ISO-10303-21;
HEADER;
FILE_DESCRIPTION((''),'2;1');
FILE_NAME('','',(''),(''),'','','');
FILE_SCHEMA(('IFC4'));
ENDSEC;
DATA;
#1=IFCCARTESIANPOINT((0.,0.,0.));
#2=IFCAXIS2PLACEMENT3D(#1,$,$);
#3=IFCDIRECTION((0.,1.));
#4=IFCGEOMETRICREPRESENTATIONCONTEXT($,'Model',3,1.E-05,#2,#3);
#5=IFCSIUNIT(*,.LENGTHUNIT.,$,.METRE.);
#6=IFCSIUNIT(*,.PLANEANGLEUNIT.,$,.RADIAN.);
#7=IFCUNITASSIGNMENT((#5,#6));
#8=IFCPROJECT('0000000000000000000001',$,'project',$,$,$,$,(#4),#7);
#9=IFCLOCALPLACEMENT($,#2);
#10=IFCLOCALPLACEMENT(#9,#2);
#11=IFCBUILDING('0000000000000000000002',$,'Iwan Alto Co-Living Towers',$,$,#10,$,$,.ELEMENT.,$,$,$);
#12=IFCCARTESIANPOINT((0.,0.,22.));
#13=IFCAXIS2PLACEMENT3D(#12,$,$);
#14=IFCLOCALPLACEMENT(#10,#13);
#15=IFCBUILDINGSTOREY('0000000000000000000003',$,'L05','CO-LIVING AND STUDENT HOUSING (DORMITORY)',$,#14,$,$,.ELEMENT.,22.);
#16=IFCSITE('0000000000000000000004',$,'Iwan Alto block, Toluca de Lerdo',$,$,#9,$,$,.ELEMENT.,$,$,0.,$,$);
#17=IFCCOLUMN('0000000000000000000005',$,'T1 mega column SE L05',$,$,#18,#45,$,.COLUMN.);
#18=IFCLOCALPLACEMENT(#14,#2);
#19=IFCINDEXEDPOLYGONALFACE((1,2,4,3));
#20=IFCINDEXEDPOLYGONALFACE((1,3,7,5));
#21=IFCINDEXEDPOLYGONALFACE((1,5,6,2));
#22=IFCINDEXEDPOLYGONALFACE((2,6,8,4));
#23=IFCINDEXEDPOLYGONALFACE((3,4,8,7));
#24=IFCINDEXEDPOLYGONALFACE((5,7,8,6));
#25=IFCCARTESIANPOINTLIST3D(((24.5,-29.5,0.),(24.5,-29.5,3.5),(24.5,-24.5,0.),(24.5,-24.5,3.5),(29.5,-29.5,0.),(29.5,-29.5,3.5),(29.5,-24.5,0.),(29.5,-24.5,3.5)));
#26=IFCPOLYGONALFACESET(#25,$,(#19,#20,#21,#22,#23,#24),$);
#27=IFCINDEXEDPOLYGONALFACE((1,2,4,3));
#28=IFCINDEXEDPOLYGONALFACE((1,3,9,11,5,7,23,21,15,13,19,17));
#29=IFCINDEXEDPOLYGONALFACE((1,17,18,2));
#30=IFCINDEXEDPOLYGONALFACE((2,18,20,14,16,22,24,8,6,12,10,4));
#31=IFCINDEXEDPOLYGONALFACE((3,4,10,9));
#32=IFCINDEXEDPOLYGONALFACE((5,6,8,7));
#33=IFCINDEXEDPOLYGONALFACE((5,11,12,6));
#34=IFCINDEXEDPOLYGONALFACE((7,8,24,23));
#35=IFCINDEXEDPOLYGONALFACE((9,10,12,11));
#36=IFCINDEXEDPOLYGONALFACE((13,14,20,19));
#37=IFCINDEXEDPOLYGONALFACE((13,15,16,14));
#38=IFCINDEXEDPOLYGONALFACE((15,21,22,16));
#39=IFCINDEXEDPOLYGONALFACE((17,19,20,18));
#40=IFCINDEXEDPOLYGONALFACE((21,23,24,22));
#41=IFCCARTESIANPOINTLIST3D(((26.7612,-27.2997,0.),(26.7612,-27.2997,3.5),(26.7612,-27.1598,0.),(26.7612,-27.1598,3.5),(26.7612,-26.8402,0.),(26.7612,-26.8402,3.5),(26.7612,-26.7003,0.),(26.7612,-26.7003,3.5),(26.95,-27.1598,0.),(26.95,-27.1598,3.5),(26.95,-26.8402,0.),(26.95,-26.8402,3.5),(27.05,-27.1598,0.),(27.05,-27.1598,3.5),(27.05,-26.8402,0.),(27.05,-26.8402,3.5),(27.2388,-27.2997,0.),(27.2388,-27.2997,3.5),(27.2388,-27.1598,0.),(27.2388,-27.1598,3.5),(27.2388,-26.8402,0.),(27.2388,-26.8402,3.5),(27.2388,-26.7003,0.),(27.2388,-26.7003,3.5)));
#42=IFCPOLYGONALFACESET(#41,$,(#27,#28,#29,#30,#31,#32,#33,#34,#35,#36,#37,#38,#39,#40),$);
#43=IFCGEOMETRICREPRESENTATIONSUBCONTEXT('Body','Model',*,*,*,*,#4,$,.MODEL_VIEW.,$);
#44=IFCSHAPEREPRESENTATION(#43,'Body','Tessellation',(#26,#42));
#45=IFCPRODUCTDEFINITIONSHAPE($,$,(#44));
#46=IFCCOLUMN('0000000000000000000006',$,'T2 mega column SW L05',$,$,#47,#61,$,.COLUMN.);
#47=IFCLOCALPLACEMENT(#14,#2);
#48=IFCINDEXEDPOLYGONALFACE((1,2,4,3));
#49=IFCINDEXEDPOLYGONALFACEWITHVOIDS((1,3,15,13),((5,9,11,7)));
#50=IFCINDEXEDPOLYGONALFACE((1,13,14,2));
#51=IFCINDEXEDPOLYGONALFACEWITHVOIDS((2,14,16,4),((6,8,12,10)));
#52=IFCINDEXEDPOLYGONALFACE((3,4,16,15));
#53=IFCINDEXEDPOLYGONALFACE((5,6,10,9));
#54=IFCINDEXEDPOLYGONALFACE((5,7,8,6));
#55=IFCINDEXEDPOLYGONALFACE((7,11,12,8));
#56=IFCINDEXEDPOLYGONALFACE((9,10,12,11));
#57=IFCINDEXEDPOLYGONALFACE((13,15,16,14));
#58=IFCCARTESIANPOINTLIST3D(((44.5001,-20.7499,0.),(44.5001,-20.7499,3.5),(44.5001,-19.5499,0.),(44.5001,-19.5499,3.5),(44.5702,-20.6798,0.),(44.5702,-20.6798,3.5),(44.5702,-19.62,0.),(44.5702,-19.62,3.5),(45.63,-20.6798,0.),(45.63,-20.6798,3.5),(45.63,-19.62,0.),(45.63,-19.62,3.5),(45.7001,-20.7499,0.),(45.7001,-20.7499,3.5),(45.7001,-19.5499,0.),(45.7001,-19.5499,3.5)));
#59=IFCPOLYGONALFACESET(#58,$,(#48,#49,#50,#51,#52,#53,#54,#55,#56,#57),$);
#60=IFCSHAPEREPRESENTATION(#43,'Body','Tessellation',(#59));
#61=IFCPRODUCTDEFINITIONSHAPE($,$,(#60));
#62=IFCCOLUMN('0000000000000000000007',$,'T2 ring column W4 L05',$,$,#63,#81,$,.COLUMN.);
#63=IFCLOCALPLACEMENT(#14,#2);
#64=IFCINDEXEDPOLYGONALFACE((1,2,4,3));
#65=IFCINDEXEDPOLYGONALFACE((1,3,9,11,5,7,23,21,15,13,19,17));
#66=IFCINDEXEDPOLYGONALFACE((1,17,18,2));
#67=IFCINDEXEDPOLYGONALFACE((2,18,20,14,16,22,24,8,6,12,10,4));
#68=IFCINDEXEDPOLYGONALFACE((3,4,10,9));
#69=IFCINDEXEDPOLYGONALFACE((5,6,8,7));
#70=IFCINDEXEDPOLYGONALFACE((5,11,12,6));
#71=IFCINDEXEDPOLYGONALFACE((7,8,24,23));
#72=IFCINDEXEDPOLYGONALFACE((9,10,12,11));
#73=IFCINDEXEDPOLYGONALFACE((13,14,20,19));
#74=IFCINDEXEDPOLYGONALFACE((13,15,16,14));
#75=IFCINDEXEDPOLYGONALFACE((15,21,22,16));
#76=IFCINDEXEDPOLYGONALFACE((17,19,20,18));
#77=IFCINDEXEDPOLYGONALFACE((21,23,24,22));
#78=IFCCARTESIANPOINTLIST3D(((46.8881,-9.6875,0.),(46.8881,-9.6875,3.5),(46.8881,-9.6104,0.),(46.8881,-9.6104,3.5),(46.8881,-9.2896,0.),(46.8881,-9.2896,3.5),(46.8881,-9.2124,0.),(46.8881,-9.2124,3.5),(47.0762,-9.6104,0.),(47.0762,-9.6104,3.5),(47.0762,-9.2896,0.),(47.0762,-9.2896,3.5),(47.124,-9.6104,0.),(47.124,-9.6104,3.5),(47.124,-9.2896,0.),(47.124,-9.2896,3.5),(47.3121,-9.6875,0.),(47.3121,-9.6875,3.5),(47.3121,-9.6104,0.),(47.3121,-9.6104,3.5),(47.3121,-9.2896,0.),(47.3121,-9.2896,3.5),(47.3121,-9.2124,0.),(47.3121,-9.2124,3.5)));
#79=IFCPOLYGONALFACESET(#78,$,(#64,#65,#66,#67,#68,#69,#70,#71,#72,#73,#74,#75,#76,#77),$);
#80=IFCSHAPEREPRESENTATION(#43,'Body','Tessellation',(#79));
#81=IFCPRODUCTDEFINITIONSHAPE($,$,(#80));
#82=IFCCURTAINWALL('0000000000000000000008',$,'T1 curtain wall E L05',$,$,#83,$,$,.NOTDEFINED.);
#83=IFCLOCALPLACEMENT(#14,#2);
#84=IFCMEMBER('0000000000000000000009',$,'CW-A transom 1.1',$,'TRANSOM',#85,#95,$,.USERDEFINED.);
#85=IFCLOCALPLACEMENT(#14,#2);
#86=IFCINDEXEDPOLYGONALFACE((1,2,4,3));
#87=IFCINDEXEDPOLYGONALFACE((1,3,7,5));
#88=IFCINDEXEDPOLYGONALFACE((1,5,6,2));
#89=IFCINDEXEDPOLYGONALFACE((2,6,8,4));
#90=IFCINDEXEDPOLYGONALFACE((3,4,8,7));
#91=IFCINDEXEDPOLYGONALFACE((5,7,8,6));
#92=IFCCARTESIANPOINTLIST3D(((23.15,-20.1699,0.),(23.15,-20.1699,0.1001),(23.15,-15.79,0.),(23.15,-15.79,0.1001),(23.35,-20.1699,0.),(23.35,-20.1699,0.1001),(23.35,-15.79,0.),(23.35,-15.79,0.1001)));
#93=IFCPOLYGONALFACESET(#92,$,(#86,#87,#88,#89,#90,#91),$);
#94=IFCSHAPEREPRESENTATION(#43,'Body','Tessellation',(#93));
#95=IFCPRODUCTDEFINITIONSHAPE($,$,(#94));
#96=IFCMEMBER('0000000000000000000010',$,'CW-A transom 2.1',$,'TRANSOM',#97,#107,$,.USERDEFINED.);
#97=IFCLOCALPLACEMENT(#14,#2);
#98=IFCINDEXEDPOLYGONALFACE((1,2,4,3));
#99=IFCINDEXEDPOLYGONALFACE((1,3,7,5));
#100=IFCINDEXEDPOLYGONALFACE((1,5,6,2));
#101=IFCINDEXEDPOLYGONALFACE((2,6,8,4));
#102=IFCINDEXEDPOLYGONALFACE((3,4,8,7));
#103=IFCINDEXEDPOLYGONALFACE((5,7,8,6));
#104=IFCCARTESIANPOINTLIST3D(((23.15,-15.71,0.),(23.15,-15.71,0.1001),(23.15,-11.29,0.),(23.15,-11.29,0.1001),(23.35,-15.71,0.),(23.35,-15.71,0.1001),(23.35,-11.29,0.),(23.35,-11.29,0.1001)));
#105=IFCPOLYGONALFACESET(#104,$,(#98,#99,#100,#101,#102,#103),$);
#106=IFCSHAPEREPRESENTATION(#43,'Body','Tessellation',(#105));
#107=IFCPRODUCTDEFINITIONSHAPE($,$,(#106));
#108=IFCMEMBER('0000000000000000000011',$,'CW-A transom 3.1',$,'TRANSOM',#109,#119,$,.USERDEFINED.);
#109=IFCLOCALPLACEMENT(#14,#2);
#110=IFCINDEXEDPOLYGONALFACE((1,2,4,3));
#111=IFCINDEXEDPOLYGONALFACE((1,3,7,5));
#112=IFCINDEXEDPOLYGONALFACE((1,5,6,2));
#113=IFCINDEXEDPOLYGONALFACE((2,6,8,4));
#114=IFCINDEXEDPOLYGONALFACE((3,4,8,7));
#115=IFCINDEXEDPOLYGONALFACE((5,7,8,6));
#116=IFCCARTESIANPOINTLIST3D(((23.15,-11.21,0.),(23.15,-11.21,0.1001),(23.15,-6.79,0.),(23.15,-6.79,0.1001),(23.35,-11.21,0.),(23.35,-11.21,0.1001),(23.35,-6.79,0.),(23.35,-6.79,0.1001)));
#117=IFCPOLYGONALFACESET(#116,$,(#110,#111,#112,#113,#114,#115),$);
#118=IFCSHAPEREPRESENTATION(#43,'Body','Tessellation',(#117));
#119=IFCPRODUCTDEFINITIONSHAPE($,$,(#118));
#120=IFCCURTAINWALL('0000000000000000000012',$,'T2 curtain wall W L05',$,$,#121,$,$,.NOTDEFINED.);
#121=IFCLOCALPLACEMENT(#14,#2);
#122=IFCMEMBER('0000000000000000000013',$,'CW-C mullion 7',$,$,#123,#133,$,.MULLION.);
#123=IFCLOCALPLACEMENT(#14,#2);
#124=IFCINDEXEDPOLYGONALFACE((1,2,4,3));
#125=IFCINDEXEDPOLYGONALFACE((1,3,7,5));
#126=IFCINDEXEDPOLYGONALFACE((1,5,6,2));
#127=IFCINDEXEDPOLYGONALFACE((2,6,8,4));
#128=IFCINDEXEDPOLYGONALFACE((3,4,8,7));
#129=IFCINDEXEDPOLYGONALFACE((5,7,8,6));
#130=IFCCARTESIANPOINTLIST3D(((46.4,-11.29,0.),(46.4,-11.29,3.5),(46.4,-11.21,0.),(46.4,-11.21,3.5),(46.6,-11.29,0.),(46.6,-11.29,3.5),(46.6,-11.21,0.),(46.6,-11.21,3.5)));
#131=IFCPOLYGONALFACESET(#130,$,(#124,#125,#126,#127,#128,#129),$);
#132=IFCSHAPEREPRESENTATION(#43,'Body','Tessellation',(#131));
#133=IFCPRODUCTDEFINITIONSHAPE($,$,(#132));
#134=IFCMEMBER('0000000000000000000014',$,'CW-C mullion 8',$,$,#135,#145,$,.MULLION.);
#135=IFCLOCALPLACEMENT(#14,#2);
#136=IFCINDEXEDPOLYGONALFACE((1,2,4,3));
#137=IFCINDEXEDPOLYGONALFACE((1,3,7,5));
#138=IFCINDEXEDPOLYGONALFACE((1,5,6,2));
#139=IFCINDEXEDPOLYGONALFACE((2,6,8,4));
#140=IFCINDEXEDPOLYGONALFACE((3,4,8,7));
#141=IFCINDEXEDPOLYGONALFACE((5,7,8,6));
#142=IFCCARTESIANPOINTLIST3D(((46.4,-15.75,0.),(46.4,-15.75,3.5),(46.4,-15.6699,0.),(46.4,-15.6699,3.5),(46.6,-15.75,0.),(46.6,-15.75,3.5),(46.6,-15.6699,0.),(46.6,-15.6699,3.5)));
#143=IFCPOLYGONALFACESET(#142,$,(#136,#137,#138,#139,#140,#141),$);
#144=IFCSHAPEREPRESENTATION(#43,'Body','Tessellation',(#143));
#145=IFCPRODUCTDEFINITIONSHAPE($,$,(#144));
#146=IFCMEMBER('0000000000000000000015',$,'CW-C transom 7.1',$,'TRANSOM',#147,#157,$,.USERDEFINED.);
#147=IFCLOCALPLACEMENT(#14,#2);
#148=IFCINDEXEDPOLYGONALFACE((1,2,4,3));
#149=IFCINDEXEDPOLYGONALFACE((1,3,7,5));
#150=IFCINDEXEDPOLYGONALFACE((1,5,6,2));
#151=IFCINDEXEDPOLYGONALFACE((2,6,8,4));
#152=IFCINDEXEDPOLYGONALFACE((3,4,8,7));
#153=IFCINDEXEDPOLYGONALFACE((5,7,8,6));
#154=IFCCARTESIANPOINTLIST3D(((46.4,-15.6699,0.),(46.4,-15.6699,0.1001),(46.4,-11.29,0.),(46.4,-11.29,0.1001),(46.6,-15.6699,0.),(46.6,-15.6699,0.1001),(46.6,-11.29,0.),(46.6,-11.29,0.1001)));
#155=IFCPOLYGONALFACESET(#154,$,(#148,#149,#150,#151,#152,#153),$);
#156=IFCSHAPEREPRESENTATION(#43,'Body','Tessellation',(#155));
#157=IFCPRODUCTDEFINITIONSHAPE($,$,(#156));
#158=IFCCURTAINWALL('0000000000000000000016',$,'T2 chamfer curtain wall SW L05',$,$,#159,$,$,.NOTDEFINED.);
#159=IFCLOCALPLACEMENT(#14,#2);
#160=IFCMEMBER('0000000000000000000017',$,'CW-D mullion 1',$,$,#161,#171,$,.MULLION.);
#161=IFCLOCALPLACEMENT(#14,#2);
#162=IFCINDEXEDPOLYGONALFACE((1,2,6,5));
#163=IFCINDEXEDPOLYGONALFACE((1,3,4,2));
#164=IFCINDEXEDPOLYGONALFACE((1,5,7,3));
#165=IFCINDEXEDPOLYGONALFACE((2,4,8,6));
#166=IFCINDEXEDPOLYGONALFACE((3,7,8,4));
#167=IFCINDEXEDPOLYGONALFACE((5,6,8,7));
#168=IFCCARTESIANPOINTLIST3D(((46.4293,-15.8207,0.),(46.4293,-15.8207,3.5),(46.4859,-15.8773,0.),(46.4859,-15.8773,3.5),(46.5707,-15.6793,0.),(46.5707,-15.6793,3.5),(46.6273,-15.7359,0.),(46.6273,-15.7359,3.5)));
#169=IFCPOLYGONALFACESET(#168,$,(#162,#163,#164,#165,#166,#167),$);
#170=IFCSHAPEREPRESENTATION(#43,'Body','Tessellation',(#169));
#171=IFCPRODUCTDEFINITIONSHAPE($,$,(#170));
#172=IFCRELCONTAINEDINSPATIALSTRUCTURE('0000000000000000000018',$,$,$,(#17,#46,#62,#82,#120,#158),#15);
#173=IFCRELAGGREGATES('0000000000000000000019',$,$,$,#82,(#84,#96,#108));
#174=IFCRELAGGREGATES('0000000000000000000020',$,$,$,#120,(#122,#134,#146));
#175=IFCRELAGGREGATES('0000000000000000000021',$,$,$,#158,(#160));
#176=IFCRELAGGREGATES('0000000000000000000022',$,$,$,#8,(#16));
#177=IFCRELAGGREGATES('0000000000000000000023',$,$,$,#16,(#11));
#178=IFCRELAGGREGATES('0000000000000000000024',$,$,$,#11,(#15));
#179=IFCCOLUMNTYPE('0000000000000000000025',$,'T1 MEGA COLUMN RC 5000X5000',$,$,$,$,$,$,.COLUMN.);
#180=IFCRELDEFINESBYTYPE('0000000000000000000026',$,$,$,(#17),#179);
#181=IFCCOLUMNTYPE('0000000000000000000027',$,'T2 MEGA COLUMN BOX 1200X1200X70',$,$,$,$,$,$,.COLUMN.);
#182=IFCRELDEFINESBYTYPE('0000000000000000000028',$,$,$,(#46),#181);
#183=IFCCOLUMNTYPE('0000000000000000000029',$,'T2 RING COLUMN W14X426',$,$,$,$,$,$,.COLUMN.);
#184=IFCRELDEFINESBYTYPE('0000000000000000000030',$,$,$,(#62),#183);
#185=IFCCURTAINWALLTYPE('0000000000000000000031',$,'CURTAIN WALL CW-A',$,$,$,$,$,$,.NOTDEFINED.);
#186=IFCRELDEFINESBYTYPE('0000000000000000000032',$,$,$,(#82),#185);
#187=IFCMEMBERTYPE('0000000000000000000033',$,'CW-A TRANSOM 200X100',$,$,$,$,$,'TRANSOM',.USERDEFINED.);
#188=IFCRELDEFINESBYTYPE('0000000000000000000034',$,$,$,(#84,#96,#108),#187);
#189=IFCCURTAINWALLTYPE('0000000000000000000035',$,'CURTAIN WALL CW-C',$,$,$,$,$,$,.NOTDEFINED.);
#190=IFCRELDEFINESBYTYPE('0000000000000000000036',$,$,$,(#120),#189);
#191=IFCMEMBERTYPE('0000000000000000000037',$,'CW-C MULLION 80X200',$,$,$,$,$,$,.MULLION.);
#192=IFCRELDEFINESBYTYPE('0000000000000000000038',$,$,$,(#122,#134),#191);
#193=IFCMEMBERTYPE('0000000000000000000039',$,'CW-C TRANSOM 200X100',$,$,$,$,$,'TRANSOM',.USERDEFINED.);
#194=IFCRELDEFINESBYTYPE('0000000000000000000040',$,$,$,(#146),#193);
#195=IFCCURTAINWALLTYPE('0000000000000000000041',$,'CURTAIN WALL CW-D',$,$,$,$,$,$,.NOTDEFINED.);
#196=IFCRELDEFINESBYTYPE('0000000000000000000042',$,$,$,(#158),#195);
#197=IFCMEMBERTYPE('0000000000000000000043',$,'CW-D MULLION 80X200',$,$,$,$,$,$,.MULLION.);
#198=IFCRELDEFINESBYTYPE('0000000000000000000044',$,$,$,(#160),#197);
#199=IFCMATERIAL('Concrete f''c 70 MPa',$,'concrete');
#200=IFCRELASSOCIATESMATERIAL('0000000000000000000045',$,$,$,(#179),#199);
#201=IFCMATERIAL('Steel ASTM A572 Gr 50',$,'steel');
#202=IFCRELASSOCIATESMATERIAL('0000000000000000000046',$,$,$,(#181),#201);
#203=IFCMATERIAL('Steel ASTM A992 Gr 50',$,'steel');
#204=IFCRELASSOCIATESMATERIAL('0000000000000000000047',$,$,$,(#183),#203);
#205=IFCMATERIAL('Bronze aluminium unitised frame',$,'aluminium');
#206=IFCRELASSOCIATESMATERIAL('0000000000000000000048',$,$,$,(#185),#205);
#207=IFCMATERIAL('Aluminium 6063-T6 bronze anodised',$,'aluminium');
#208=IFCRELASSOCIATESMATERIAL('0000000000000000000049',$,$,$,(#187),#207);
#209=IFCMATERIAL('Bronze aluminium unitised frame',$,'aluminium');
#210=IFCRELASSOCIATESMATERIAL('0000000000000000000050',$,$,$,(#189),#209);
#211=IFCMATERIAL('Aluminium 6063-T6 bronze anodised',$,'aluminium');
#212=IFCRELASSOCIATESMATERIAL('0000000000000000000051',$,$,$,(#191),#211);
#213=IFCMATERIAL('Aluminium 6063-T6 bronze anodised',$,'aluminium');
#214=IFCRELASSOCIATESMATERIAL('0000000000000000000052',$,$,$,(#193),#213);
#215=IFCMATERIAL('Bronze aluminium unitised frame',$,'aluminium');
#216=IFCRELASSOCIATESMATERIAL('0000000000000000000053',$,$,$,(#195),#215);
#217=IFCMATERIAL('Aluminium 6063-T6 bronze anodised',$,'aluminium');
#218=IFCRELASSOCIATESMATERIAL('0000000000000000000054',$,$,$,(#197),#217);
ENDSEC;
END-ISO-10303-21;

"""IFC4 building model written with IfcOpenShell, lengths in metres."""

from ifc_helpers import new_model, si_unit, direction, frame, origin, origin_2d, place, context, subcontext, project, spatial, rectangle, hollow_rectangle, i_section, extrude, material, material_profile, profile_set, type_object, element, aggregate, save


model = new_model("IFC4")

# Units and contexts
model_context = context("Model", 3, precision=1e-05, world=origin(), true_north=direction((0.0, 1.0)))
body_context = subcontext(model_context, "Body", "Model", "MODEL_VIEW")
ifc_project = project(units=[si_unit("LENGTHUNIT", "METRE"), si_unit("PLANEANGLEUNIT", "RADIAN")], contexts=[model_context])

# Site, building, storey
site_placement = place(None, origin())
site = spatial("IfcSite", under=ifc_project, at=site_placement, Name="Iwan Alto block, Toluca de Lerdo", CompositionType="ELEMENT", RefElevation=0.0)
building_placement = place(site_placement, origin())
building = spatial("IfcBuilding", under=site, at=building_placement, Name="Iwan Alto Co-Living Towers", CompositionType="ELEMENT")
storey_placement = place(building_placement, frame((0.0, 0.0, 22.0)))
storey = spatial("IfcBuildingStorey", under=building, at=storey_placement, Name="L05", Description="CO-LIVING AND STUDENT HOUSING (DORMITORY)", CompositionType="ELEMENT", Elevation=22.0)

# Columns
ifc_material_1 = material(Name="Concrete f'c 70 MPa", Category="concrete")
ifc_material_profile_1 = material_profile(ifc_material_1, rectangle(XDim=5.0, YDim=5.0, at=origin_2d()), Name="RC 5000X5000")
ifc_profile_set_1 = profile_set([ifc_material_profile_1], Name="Concrete f'c 70 MPa")
column_type_1 = type_object("IfcColumnType", Name="T1 MEGA COLUMN RC 5000X5000", PredefinedType="COLUMN", material=ifc_profile_set_1)
column_1_placement = place(storey_placement, frame((27.0, -27.0, 0.0), z_axis=(0.0, 0.0, 1.0), x_axis=(1.0, 0.0, 0.0)))
element("IfcColumn", 1, at=column_1_placement, inside=storey, type_object=column_type_1, Name="T1 mega column SE L05", PredefinedType="COLUMN", context=body_context, shape_type="SweptSolid", body=[
    extrude(rectangle(XDim=5.0, YDim=5.0, at=origin_2d()), origin(), (0.0, 0.0, 1.0), 3.5),
    extrude(i_section(OverallWidth=0.4775, OverallDepth=0.5994, WebThickness=0.1001, FlangeThickness=0.1399, at=origin_2d()), origin(), (0.0, 0.0, 1.0), 3.5),
])
ifc_material_2 = material(Name="Steel ASTM A572 Gr 50", Category="steel")
ifc_material_profile_2 = material_profile(ifc_material_2, hollow_rectangle(XDim=1.2, YDim=1.2, WallThickness=0.0701, at=origin_2d()), Name="BOX 1200X1200X70")
ifc_profile_set_2 = profile_set([ifc_material_profile_2], Name="Steel ASTM A572 Gr 50")
column_type_2 = type_object("IfcColumnType", Name="T2 MEGA COLUMN BOX 1200X1200X70", PredefinedType="COLUMN", material=ifc_profile_set_2)
column_2_placement = place(storey_placement, frame((45.1001, -20.1499, 0.0), z_axis=(0.0, 0.0, 1.0), x_axis=(1.0, 0.0, 0.0)))
element("IfcColumn", 2, at=column_2_placement, inside=storey, type_object=column_type_2, Name="T2 mega column SW L05", PredefinedType="COLUMN", context=body_context, shape_type="SweptSolid", body=[
    extrude(hollow_rectangle(XDim=1.2, YDim=1.2, WallThickness=0.0701, at=origin_2d()), origin(), (0.0, 0.0, 1.0), 3.5),
])
ifc_material_3 = material(Name="Steel ASTM A992 Gr 50", Category="steel")
ifc_material_profile_3 = material_profile(ifc_material_3, i_section(OverallWidth=0.4241, OverallDepth=0.4751, WebThickness=0.0479, FlangeThickness=0.0771, at=origin_2d()), Name="W14X426")
ifc_profile_set_3 = profile_set([ifc_material_profile_3], Name="Steel ASTM A992 Gr 50")
column_type_3 = type_object("IfcColumnType", Name="T2 RING COLUMN W14X426", PredefinedType="COLUMN", material=ifc_profile_set_3)
column_3_placement = place(storey_placement, frame((47.1001, -9.45, 0.0), z_axis=(0.0, 0.0, 1.0), x_axis=(1.0, 0.0, 0.0)))
element("IfcColumn", 3, at=column_3_placement, inside=storey, type_object=column_type_3, Name="T2 ring column W4 L05", PredefinedType="COLUMN", context=body_context, shape_type="SweptSolid", body=[
    extrude(i_section(OverallWidth=0.4241, OverallDepth=0.4751, WebThickness=0.0479, FlangeThickness=0.0771, at=origin_2d()), origin(), (0.0, 0.0, 1.0), 3.5),
])

# Curtain walls, members
ifc_material_4 = material(Name="Bronze aluminium unitised frame", Category="aluminium")
curtain_wall_type_1 = type_object("IfcCurtainWallType", Name="CURTAIN WALL CW-A", PredefinedType="NOTDEFINED", material=ifc_material_4)
curtain_wall_1_placement = place(storey_placement, origin())
curtain_wall_1 = element("IfcCurtainWall", 4, at=curtain_wall_1_placement, inside=storey, type_object=curtain_wall_type_1, Name="T1 curtain wall E L05", PredefinedType="NOTDEFINED")
ifc_material_5 = material(Name="Aluminium 6063-T6 bronze anodised", Category="aluminium")
ifc_material_profile_4 = material_profile(ifc_material_5, rectangle(XDim=0.2, YDim=0.1001, at=origin_2d()), Name="AL 200X100")
ifc_profile_set_4 = profile_set([ifc_material_profile_4], Name="Aluminium 6063-T6 bronze anodised")
member_type_1 = type_object("IfcMemberType", Name="CW-A TRANSOM 200X100", ElementType="TRANSOM", PredefinedType="USERDEFINED", material=ifc_profile_set_4)
member_1_placement = place(storey_placement, frame((23.25, -20.1699, 0.05), z_axis=(0.0, 1.0, 0.0), x_axis=(-1.0, 0.0, 0.0)))
member_1 = element("IfcMember", 5, at=member_1_placement, type_object=member_type_1, Name="CW-A transom 1.1", ObjectType="TRANSOM", PredefinedType="USERDEFINED", context=body_context, shape_type="SweptSolid", body=[
    extrude(rectangle(XDim=0.2, YDim=0.1001, at=origin_2d()), origin(), (0.0, 0.0, 1.0), 4.3799),
])
member_2_placement = place(storey_placement, frame((23.25, -15.71, 0.05), z_axis=(0.0, 1.0, 0.0), x_axis=(-1.0, 0.0, 0.0)))
member_2 = element("IfcMember", 6, at=member_2_placement, type_object=member_type_1, Name="CW-A transom 2.1", ObjectType="TRANSOM", PredefinedType="USERDEFINED", context=body_context, shape_type="SweptSolid", body=[
    extrude(rectangle(XDim=0.2, YDim=0.1001, at=origin_2d()), origin(), (0.0, 0.0, 1.0), 4.4199),
])
member_3_placement = place(storey_placement, frame((23.25, -11.21, 0.05), z_axis=(0.0, 1.0, 0.0), x_axis=(-1.0, 0.0, 0.0)))
member_3 = element("IfcMember", 7, at=member_3_placement, type_object=member_type_1, Name="CW-A transom 3.1", ObjectType="TRANSOM", PredefinedType="USERDEFINED", context=body_context, shape_type="SweptSolid", body=[
    extrude(rectangle(XDim=0.2, YDim=0.1001, at=origin_2d()), origin(), (0.0, 0.0, 1.0), 4.4199),
])
ifc_material_6 = material(Name="Bronze aluminium unitised frame", Category="aluminium")
curtain_wall_type_2 = type_object("IfcCurtainWallType", Name="CURTAIN WALL CW-C", PredefinedType="NOTDEFINED", material=ifc_material_6)
curtain_wall_2_placement = place(storey_placement, origin())
curtain_wall_2 = element("IfcCurtainWall", 8, at=curtain_wall_2_placement, inside=storey, type_object=curtain_wall_type_2, Name="T2 curtain wall W L05", PredefinedType="NOTDEFINED")
ifc_material_7 = material(Name="Aluminium 6063-T6 bronze anodised", Category="aluminium")
ifc_material_profile_5 = material_profile(ifc_material_7, rectangle(XDim=0.2, YDim=0.0801, at=origin_2d()), Name="AL 80X200")
ifc_profile_set_5 = profile_set([ifc_material_profile_5], Name="Aluminium 6063-T6 bronze anodised")
member_type_2 = type_object("IfcMemberType", Name="CW-C MULLION 80X200", PredefinedType="MULLION", material=ifc_profile_set_5)
member_4_placement = place(storey_placement, frame((46.5, -11.25, 0.0), z_axis=(0.0, 0.0, 1.0), x_axis=(1.0, 0.0, 0.0)))
member_4 = element("IfcMember", 9, at=member_4_placement, type_object=member_type_2, Name="CW-C mullion 7", PredefinedType="MULLION", context=body_context, shape_type="SweptSolid", body=[
    extrude(rectangle(XDim=0.2, YDim=0.0801, at=origin_2d()), origin(), (0.0, 0.0, 1.0), 3.5),
])
member_5_placement = place(storey_placement, frame((46.5, -15.71, 0.0), z_axis=(0.0, 0.0, 1.0), x_axis=(1.0, 0.0, 0.0)))
member_5 = element("IfcMember", 10, at=member_5_placement, type_object=member_type_2, Name="CW-C mullion 8", PredefinedType="MULLION", context=body_context, shape_type="SweptSolid", body=[
    extrude(rectangle(XDim=0.2, YDim=0.0801, at=origin_2d()), origin(), (0.0, 0.0, 1.0), 3.5),
])
ifc_material_8 = material(Name="Aluminium 6063-T6 bronze anodised", Category="aluminium")
ifc_material_profile_6 = material_profile(ifc_material_8, rectangle(XDim=0.2, YDim=0.1001, at=origin_2d()), Name="AL 200X100")
ifc_profile_set_6 = profile_set([ifc_material_profile_6], Name="Aluminium 6063-T6 bronze anodised")
member_type_3 = type_object("IfcMemberType", Name="CW-C TRANSOM 200X100", ElementType="TRANSOM", PredefinedType="USERDEFINED", material=ifc_profile_set_6)
member_6_placement = place(storey_placement, frame((46.5, -11.29, 0.05), z_axis=(0.0, -1.0, 0.0), x_axis=(1.0, 0.0, 0.0)))
member_6 = element("IfcMember", 11, at=member_6_placement, type_object=member_type_3, Name="CW-C transom 7.1", ObjectType="TRANSOM", PredefinedType="USERDEFINED", context=body_context, shape_type="SweptSolid", body=[
    extrude(rectangle(XDim=0.2, YDim=0.1001, at=origin_2d()), origin(), (0.0, 0.0, 1.0), 4.3799),
])
ifc_material_9 = material(Name="Bronze aluminium unitised frame", Category="aluminium")
curtain_wall_type_3 = type_object("IfcCurtainWallType", Name="CURTAIN WALL CW-D", PredefinedType="NOTDEFINED", material=ifc_material_9)
curtain_wall_3_placement = place(storey_placement, origin())
curtain_wall_3 = element("IfcCurtainWall", 12, at=curtain_wall_3_placement, inside=storey, type_object=curtain_wall_type_3, Name="T2 chamfer curtain wall SW L05", PredefinedType="NOTDEFINED")
ifc_material_10 = material(Name="Aluminium 6063-T6 bronze anodised", Category="aluminium")
ifc_material_profile_7 = material_profile(ifc_material_10, rectangle(XDim=0.2, YDim=0.0801, at=origin_2d()), Name="AL 80X200")
ifc_profile_set_7 = profile_set([ifc_material_profile_7], Name="Aluminium 6063-T6 bronze anodised")
member_type_4 = type_object("IfcMemberType", Name="CW-D MULLION 80X200", PredefinedType="MULLION", material=ifc_profile_set_7)
member_7_placement = place(storey_placement, frame((46.5283, -15.7783, 0.0), z_axis=(0.0, 0.0, 1.0), x_axis=(0.707107, 0.707107, 0.0)))
member_7 = element("IfcMember", 13, at=member_7_placement, type_object=member_type_4, Name="CW-D mullion 1", PredefinedType="MULLION", context=body_context, shape_type="SweptSolid", body=[
    extrude(rectangle(XDim=0.2, YDim=0.0801, at=origin_2d()), origin(), (0.0, 0.0, 1.0), 3.5),
])

aggregate(curtain_wall_1, [member_1, member_2, member_3])
aggregate(curtain_wall_2, [member_4, member_5, member_6])
aggregate(curtain_wall_3, [member_7])

save(model, "model.ifc")
